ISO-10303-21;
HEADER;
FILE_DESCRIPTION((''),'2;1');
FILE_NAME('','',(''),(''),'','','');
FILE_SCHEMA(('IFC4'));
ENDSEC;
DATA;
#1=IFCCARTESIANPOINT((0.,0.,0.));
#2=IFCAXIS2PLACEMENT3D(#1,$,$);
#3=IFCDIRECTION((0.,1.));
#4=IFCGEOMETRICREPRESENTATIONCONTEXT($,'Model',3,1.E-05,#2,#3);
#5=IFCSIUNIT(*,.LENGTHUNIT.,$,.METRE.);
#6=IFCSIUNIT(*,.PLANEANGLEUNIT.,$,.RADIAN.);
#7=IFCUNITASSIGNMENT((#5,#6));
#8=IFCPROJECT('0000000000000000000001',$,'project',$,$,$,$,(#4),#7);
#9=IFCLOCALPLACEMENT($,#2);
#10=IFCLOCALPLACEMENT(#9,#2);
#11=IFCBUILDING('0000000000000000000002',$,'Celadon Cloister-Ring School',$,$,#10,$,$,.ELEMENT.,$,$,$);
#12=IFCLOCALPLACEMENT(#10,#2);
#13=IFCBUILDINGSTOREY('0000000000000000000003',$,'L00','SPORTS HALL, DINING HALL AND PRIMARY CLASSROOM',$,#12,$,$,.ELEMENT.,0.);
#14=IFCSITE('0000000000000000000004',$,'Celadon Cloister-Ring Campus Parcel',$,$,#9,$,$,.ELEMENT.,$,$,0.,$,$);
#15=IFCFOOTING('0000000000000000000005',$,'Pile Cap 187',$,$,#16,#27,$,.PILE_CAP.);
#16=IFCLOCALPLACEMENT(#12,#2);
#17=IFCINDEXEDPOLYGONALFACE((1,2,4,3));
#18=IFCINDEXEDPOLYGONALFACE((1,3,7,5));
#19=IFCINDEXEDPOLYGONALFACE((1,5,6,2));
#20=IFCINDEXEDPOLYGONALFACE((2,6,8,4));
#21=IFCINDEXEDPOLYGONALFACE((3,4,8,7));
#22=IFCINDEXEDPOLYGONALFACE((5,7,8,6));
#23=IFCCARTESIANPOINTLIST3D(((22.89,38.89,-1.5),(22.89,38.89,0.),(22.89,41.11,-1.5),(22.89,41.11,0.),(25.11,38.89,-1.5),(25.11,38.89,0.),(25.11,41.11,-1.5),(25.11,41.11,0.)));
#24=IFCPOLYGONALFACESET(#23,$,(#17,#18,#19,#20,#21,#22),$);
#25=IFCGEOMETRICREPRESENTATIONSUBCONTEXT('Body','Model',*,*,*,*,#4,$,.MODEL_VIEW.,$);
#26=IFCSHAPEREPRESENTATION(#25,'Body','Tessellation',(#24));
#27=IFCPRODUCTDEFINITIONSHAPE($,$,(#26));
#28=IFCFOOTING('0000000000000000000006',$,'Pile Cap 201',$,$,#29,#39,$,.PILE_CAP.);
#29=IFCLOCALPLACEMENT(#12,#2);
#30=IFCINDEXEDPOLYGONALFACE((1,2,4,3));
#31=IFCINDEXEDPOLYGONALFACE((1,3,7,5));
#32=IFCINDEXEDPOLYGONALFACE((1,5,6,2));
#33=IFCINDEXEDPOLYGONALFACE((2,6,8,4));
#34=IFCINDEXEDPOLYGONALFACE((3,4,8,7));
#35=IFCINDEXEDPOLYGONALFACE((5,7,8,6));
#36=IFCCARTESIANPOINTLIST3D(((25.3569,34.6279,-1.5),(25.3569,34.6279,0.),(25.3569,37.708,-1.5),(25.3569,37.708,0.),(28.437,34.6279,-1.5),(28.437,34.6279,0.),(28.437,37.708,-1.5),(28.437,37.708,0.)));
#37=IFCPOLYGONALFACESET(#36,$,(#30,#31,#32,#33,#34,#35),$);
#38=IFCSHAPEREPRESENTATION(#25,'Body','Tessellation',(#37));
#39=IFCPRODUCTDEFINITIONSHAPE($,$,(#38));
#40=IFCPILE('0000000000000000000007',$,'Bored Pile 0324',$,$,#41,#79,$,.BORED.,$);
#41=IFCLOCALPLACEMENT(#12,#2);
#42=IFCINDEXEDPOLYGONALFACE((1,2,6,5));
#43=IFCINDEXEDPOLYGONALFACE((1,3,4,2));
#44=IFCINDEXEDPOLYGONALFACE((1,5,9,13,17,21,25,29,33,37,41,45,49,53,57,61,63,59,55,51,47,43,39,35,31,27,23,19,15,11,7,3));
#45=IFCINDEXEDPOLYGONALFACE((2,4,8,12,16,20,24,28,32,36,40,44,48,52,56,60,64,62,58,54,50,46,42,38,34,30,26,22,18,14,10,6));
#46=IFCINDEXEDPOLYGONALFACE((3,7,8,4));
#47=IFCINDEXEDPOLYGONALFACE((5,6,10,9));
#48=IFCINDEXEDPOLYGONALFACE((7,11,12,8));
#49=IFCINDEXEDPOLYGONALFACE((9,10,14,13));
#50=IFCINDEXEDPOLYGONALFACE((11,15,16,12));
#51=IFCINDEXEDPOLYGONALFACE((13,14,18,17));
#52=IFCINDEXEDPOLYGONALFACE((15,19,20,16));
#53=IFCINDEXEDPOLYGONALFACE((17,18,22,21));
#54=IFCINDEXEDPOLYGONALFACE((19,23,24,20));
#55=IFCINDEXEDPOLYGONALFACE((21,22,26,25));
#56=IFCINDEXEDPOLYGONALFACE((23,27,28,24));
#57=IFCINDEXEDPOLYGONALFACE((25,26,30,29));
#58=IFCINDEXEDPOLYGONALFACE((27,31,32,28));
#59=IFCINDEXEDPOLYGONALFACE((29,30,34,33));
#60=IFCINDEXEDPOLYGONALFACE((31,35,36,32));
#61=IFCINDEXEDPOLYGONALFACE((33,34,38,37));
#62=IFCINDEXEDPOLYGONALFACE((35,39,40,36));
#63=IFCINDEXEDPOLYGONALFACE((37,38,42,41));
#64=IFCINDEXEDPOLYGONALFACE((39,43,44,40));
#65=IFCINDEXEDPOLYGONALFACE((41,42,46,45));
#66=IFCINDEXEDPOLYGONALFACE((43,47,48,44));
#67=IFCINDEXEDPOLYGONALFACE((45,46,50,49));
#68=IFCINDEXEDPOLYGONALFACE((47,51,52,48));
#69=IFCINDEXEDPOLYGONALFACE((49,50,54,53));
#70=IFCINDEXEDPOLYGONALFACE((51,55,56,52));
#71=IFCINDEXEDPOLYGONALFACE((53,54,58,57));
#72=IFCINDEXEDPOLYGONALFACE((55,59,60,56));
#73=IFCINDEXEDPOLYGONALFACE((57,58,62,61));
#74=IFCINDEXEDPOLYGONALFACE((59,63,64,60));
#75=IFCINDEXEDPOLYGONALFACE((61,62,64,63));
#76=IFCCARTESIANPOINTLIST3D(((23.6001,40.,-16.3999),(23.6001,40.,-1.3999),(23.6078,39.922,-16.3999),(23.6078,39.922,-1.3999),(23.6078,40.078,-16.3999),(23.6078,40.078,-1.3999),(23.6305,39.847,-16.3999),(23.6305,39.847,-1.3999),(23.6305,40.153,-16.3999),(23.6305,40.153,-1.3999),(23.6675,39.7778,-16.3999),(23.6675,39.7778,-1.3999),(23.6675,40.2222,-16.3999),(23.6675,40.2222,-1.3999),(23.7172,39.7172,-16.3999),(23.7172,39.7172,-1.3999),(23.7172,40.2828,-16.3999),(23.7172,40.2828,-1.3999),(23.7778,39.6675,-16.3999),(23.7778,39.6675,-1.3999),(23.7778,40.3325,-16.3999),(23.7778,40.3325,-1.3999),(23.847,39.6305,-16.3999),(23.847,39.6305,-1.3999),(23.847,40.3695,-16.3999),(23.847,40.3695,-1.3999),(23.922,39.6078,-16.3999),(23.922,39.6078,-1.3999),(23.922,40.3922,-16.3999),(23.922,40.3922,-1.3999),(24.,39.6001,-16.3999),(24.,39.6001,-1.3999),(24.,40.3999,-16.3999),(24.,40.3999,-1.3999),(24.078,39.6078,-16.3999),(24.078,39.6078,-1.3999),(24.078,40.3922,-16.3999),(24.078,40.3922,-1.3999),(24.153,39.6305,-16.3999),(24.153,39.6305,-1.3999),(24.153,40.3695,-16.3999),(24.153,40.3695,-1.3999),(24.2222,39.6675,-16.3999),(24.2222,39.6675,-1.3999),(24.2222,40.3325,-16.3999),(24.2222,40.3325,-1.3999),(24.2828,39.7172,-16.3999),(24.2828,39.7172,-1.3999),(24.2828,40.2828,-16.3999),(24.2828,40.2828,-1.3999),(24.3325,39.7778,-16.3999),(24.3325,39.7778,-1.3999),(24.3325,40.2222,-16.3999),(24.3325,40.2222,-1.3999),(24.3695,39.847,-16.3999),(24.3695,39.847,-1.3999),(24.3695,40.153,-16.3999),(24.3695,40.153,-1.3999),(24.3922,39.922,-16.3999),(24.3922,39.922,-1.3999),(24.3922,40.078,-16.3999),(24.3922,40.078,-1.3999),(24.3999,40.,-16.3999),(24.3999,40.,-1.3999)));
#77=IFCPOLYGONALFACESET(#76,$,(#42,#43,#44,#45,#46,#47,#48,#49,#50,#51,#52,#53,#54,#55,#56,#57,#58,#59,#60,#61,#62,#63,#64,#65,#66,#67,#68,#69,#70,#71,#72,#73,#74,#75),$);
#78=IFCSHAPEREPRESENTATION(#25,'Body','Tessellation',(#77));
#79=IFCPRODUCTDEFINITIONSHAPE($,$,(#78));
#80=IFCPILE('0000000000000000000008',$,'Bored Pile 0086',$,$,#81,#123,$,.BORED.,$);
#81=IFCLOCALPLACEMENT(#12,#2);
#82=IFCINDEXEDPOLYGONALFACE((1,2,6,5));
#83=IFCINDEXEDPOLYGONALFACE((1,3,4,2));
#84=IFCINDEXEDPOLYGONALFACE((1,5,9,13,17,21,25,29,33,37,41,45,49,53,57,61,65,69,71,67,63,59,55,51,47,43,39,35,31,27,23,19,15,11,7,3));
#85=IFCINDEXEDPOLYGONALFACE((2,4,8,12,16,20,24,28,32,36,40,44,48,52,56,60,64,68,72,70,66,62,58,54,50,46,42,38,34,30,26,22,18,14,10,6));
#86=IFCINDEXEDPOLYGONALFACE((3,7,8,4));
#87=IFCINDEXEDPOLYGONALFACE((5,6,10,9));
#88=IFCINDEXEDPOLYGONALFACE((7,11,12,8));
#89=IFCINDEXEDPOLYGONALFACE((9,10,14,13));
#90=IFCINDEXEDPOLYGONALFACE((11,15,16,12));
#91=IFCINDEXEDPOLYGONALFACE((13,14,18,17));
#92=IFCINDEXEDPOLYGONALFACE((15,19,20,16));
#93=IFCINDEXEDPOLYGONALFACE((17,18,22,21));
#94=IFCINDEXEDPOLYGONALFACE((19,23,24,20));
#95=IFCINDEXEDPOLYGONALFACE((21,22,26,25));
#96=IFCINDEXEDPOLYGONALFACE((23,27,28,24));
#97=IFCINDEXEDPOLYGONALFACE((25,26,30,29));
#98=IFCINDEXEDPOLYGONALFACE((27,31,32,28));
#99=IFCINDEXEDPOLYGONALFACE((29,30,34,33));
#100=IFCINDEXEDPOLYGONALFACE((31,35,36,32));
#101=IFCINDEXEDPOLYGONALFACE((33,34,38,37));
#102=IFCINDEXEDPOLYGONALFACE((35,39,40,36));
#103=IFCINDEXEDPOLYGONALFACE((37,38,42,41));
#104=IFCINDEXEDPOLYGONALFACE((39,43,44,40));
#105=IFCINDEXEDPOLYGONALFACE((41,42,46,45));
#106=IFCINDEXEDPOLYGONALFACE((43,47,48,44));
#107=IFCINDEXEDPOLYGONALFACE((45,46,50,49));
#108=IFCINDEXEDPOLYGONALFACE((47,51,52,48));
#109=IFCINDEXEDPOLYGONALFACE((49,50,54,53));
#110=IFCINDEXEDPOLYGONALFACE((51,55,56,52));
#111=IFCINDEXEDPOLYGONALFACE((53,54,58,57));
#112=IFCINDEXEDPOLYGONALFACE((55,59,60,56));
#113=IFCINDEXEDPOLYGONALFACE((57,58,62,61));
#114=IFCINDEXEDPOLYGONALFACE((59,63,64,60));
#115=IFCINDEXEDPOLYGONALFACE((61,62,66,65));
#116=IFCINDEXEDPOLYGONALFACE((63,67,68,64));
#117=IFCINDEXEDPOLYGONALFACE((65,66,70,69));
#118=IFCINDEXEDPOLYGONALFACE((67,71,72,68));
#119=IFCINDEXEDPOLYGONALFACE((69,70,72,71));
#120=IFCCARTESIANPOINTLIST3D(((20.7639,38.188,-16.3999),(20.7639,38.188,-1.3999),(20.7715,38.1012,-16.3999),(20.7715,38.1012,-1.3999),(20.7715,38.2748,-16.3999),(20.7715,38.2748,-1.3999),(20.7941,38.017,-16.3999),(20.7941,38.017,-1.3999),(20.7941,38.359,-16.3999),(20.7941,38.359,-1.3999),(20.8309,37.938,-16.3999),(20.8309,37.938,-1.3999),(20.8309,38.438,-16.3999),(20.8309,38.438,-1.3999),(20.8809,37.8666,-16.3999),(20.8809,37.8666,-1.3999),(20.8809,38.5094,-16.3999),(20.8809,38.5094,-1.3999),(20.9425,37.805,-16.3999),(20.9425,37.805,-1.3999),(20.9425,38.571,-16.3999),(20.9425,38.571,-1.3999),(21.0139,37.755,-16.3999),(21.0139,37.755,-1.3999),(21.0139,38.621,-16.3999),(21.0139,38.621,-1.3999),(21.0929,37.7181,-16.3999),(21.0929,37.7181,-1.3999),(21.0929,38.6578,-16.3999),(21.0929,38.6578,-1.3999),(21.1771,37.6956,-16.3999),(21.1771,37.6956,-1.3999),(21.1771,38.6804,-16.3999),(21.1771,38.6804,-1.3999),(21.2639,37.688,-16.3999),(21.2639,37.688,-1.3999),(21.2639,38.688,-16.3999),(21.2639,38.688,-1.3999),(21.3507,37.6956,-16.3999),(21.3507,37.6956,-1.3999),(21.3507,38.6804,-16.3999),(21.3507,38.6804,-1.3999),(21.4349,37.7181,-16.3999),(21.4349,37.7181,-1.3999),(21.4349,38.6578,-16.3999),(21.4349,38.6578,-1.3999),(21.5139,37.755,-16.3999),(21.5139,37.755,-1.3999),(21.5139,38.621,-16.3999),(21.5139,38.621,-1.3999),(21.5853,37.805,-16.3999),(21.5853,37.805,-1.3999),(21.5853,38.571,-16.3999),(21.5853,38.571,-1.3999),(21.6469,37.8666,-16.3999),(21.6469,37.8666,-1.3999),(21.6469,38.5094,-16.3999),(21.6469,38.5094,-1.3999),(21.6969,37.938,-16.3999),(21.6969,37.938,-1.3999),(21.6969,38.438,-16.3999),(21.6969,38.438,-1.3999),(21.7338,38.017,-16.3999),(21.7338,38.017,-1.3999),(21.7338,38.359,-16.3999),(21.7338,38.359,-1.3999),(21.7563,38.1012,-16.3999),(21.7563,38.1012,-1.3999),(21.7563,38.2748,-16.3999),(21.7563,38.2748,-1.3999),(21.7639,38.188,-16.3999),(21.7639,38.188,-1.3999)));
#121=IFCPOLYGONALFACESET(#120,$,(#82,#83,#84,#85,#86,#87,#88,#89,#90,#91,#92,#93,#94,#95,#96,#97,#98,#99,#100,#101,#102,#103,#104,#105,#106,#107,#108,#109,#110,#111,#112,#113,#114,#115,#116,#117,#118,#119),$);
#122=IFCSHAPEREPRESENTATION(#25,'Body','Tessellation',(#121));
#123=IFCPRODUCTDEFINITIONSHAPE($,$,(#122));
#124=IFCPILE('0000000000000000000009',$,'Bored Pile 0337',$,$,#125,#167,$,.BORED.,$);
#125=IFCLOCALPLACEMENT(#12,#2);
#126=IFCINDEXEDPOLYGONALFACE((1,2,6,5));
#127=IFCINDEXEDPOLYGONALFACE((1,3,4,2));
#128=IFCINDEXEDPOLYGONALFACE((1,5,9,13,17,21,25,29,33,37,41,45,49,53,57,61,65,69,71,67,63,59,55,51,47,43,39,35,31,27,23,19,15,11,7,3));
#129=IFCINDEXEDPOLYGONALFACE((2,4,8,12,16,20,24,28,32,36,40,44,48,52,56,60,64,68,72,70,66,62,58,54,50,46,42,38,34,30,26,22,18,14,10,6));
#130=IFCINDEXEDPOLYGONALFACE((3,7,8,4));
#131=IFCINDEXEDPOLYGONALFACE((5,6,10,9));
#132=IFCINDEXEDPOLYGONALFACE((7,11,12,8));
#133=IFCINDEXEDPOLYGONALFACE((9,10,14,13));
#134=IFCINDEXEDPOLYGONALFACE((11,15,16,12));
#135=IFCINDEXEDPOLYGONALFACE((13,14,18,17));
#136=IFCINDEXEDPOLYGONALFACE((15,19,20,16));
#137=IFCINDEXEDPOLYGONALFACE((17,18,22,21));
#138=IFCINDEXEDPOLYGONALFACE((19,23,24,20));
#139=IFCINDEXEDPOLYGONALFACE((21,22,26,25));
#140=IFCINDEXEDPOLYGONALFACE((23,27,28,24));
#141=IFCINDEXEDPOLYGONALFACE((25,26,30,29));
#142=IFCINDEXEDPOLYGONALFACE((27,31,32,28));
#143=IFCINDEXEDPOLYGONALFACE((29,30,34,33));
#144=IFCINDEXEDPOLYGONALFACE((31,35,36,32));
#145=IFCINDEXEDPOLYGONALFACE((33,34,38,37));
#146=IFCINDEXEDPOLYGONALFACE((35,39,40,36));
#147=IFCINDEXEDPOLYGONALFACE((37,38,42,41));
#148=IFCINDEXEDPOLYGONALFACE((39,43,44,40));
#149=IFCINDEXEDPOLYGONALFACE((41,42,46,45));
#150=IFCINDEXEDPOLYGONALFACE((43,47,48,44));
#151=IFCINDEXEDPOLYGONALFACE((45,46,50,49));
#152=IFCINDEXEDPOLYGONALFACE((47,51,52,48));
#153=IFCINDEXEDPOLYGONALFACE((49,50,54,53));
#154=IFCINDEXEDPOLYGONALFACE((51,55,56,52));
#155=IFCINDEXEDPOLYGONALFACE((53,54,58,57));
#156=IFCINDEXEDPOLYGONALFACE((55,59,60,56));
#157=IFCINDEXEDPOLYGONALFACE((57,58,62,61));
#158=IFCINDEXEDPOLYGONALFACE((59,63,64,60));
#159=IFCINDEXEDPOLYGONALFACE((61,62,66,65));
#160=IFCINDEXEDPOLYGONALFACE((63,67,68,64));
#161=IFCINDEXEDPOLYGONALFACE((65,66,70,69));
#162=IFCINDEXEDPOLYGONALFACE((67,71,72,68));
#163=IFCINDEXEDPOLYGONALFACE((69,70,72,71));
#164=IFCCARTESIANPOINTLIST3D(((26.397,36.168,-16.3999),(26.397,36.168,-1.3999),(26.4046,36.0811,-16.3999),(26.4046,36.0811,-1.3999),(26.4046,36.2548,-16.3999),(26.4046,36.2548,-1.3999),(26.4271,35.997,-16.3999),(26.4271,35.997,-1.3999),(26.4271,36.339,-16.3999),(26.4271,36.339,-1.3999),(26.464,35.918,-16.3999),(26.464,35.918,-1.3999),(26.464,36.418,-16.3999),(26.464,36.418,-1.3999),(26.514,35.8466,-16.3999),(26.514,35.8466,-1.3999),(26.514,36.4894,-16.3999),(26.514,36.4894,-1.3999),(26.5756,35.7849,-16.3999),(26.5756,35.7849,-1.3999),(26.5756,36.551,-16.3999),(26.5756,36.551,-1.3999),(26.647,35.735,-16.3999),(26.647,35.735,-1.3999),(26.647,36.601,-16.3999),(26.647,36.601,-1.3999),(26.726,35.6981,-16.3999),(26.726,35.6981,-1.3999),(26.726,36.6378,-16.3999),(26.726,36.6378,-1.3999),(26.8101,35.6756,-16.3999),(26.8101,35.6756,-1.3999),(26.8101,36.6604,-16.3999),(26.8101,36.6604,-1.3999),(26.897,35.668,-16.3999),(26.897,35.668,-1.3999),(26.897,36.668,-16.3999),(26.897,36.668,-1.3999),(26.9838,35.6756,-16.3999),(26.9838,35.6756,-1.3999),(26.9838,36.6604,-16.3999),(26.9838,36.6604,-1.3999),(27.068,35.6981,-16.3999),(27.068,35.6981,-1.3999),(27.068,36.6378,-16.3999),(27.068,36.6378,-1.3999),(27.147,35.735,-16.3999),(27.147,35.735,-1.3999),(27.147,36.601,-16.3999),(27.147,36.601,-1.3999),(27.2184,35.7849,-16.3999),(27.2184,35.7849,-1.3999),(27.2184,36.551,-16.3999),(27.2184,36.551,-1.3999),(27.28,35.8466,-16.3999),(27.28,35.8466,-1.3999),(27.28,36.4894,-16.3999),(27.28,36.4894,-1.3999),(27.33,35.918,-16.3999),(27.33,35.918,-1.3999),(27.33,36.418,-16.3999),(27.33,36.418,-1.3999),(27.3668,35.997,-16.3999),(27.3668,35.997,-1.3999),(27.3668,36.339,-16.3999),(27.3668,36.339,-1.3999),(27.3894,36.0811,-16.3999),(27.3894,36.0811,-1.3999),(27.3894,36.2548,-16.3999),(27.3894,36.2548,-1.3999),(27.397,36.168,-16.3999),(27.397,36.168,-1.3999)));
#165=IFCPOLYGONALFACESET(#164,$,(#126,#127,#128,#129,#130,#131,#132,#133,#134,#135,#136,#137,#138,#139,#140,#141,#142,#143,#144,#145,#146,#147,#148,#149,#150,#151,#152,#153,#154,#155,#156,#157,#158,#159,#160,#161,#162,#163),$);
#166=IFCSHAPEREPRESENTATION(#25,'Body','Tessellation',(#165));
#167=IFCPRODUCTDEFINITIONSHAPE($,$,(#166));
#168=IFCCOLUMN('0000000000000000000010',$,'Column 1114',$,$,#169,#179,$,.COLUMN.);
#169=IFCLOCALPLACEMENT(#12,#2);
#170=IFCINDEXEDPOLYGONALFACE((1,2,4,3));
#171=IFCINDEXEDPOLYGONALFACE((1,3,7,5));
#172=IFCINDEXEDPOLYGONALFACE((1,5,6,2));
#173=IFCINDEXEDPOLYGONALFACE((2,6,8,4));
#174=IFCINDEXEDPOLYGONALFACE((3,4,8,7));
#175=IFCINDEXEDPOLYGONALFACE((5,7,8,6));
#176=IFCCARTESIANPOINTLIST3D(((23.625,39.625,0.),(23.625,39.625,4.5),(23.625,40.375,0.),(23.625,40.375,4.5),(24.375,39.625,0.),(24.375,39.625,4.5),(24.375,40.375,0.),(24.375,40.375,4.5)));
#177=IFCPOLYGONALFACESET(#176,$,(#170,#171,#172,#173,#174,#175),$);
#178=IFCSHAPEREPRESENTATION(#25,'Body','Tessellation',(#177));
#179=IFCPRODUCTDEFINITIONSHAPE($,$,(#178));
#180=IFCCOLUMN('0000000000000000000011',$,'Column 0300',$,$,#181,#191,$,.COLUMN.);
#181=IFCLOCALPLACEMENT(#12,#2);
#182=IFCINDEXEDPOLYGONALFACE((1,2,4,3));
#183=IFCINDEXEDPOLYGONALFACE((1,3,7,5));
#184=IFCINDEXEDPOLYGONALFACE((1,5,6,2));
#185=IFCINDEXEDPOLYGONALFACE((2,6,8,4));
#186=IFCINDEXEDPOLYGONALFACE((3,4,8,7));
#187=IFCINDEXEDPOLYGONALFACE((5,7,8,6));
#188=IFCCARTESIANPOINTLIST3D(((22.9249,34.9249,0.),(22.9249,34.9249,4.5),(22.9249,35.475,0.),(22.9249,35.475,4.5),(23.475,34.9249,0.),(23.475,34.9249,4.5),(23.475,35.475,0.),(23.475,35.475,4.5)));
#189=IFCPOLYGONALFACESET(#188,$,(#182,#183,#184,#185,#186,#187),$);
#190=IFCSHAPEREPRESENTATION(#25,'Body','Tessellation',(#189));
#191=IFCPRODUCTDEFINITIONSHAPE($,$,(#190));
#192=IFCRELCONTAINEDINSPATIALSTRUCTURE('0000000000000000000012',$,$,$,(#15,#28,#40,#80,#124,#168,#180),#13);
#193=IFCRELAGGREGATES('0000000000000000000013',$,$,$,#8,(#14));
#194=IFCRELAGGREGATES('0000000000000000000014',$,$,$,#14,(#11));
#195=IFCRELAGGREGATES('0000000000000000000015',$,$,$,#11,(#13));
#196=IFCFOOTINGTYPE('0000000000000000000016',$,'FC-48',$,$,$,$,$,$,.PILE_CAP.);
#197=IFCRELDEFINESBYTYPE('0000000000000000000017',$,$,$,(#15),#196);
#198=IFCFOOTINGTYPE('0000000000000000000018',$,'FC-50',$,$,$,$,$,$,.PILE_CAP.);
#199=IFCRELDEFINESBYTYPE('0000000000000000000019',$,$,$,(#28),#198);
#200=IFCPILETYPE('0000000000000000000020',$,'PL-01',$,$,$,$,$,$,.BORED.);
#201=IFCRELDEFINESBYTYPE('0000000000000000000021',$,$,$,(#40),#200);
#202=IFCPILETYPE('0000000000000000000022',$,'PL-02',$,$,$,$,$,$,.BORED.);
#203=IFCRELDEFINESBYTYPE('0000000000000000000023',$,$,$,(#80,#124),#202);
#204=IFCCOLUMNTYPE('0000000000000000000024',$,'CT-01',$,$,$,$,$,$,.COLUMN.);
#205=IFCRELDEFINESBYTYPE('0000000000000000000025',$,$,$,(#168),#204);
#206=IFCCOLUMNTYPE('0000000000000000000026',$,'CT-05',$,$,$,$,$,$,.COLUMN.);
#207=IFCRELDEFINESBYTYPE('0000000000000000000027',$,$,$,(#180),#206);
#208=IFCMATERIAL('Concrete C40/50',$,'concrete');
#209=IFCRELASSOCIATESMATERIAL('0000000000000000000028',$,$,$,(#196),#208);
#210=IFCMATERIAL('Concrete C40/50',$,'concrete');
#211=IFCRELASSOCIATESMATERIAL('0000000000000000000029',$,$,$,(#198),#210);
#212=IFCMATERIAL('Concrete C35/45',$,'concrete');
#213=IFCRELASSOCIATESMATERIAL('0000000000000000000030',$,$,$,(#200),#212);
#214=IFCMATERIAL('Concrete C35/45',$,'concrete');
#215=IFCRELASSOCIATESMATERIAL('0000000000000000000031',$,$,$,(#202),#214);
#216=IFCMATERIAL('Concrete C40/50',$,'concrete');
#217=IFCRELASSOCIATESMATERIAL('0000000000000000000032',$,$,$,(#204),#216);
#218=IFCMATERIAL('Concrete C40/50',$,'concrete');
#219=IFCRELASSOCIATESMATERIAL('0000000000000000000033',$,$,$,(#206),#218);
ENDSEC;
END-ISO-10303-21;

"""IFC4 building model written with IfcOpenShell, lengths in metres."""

from ifc_helpers import new_model, si_unit, direction, frame, origin, origin_2d, place, context, subcontext, project, spatial, rectangle, circle, extrude, material, material_profile, profile_set, type_object, element, save


model = new_model("IFC4")

# Units and contexts
model_context = context("Model", 3, precision=1e-05, world=origin(), true_north=direction((0.0, 1.0)))
body_context = subcontext(model_context, "Body", "Model", "MODEL_VIEW")
ifc_project = project(units=[si_unit("LENGTHUNIT", "METRE"), si_unit("PLANEANGLEUNIT", "RADIAN")], contexts=[model_context])

# Site, building, storey
site_placement = place(None, origin())
site = spatial("IfcSite", under=ifc_project, at=site_placement, Name="Celadon Cloister-Ring Campus Parcel", CompositionType="ELEMENT", RefElevation=0.0)
building_placement = place(site_placement, origin())
building = spatial("IfcBuilding", under=site, at=building_placement, Name="Celadon Cloister-Ring School", CompositionType="ELEMENT")
storey_placement = place(building_placement, origin())
storey = spatial("IfcBuildingStorey", under=building, at=storey_placement, Name="L00", Description="SPORTS HALL, DINING HALL AND PRIMARY CLASSROOM", CompositionType="ELEMENT", Elevation=0.0)

# Footings
ifc_material_1 = material(Name="Concrete C40/50", Category="concrete")
footing_type_1 = type_object("IfcFootingType", Name="FC-48", PredefinedType="PILE_CAP", material=ifc_material_1)
footing_1_placement = place(storey_placement, frame((24.0, 40.0, -1.5), z_axis=(0.0, 0.0, 1.0), x_axis=(1.0, 0.0, 0.0)))
element("IfcFooting", 1, at=footing_1_placement, inside=storey, type_object=footing_type_1, Name="Pile Cap 187", PredefinedType="PILE_CAP", context=body_context, shape_type="SweptSolid", body=[
    extrude(rectangle(XDim=2.22, YDim=2.22, at=origin_2d()), origin(), (0.0, 0.0, 1.0), 1.5),
])
ifc_material_2 = material(Name="Concrete C40/50", Category="concrete")
footing_type_2 = type_object("IfcFootingType", Name="FC-50", PredefinedType="PILE_CAP", material=ifc_material_2)
footing_2_placement = place(storey_placement, frame((26.897, 36.168, -1.5), z_axis=(0.0, 0.0, 1.0), x_axis=(1.0, 0.0, 0.0)))
element("IfcFooting", 2, at=footing_2_placement, inside=storey, type_object=footing_type_2, Name="Pile Cap 201", PredefinedType="PILE_CAP", context=body_context, shape_type="SweptSolid", body=[
    extrude(rectangle(XDim=3.0801, YDim=3.0801, at=origin_2d()), origin(), (0.0, 0.0, 1.0), 1.5),
])

# Piles
ifc_material_3 = material(Name="Concrete C35/45", Category="concrete")
ifc_material_profile_1 = material_profile(ifc_material_3, circle(Radius=0.3999, at=origin_2d()), Name="PILE800")
ifc_profile_set_1 = profile_set([ifc_material_profile_1], Name="Concrete C35/45")
pile_type_1 = type_object("IfcPileType", Name="PL-01", PredefinedType="BORED", material=ifc_profile_set_1)
pile_placement = place(storey_placement, frame((24.0, 40.0, -1.3999), z_axis=(0.0, 0.0, -1.0), x_axis=(1.0, 0.0, 0.0)))
element("IfcPile", 3, at=pile_placement, inside=storey, type_object=pile_type_1, Name="Bored Pile 0324", PredefinedType="BORED", context=body_context, shape_type="SweptSolid", body=[
    extrude(circle(Radius=0.3999, at=origin_2d()), origin(), (0.0, 0.0, 1.0), 15.0),
])
ifc_material_4 = material(Name="Concrete C35/45", Category="concrete")
ifc_material_profile_2 = material_profile(ifc_material_4, circle(Radius=0.5, at=origin_2d()), Name="PILE1000")
ifc_profile_set_2 = profile_set([ifc_material_profile_2], Name="Concrete C35/45")
pile_type_2 = type_object("IfcPileType", Name="PL-02", PredefinedType="BORED", material=ifc_profile_set_2)
for number, where, z_axis, x_axis, name in (
    (4, (21.2639, 38.188, -1.3999), (0.0, 0.0, -1.0), (1.0, 0.0, 0.0), "Bored Pile 0086"),
    (5, (26.897, 36.168, -1.3999), (0.0, 0.0, -1.0), (1.0, 0.0, 0.0), "Bored Pile 0337"),
):
    element("IfcPile", number, at=place(storey_placement, frame(where, z_axis=z_axis, x_axis=x_axis)), inside=storey, type_object=pile_type_2, Name=name, PredefinedType="BORED", context=body_context, shape_type="SweptSolid", body=[
        extrude(circle(Radius=0.5, at=origin_2d()), origin(), (0.0, 0.0, 1.0), 15.0),
    ])

# Columns
ifc_material_5 = material(Name="Concrete C40/50", Category="concrete")
ifc_material_profile_3 = material_profile(ifc_material_5, rectangle(XDim=0.75, YDim=0.75, at=origin_2d()), Name="RC750X750")
ifc_profile_set_3 = profile_set([ifc_material_profile_3], Name="Concrete C40/50")
column_type_1 = type_object("IfcColumnType", Name="CT-01", PredefinedType="COLUMN", material=ifc_profile_set_3)
column_placement = place(storey_placement, frame((24.0, 40.0, 0.0), z_axis=(0.0, 0.0, 1.0), x_axis=(1.0, 0.0, 0.0)))
element("IfcColumn", 6, at=column_placement, inside=storey, type_object=column_type_1, Name="Column 1114", PredefinedType="COLUMN", context=body_context, shape_type="SweptSolid", body=[
    extrude(rectangle(XDim=0.75, YDim=0.75, at=origin_2d()), origin(), (0.0, 0.0, 1.0), 4.5),
])
ifc_material_6 = material(Name="Concrete C40/50", Category="concrete")
ifc_material_profile_4 = material_profile(ifc_material_6, rectangle(XDim=0.55, YDim=0.55, at=origin_2d()), Name="RC550X550")
ifc_profile_set_4 = profile_set([ifc_material_profile_4], Name="Concrete C40/50")
column_type_2 = type_object("IfcColumnType", Name="CT-05", PredefinedType="COLUMN", material=ifc_profile_set_4)
for number, where, z_axis, x_axis, name in (
    (7, (23.2, 35.2, 0.0), (0.0, 0.0, 1.0), (1.0, 0.0, 0.0), "Column 0300"),
):
    element("IfcColumn", number, at=place(storey_placement, frame(where, z_axis=z_axis, x_axis=x_axis)), inside=storey, type_object=column_type_2, Name=name, PredefinedType="COLUMN", context=body_context, shape_type="SweptSolid", body=[
        extrude(rectangle(XDim=0.55, YDim=0.55, at=origin_2d()), origin(), (0.0, 0.0, 1.0), 4.5),
    ])

save(model, "model.ifc")
